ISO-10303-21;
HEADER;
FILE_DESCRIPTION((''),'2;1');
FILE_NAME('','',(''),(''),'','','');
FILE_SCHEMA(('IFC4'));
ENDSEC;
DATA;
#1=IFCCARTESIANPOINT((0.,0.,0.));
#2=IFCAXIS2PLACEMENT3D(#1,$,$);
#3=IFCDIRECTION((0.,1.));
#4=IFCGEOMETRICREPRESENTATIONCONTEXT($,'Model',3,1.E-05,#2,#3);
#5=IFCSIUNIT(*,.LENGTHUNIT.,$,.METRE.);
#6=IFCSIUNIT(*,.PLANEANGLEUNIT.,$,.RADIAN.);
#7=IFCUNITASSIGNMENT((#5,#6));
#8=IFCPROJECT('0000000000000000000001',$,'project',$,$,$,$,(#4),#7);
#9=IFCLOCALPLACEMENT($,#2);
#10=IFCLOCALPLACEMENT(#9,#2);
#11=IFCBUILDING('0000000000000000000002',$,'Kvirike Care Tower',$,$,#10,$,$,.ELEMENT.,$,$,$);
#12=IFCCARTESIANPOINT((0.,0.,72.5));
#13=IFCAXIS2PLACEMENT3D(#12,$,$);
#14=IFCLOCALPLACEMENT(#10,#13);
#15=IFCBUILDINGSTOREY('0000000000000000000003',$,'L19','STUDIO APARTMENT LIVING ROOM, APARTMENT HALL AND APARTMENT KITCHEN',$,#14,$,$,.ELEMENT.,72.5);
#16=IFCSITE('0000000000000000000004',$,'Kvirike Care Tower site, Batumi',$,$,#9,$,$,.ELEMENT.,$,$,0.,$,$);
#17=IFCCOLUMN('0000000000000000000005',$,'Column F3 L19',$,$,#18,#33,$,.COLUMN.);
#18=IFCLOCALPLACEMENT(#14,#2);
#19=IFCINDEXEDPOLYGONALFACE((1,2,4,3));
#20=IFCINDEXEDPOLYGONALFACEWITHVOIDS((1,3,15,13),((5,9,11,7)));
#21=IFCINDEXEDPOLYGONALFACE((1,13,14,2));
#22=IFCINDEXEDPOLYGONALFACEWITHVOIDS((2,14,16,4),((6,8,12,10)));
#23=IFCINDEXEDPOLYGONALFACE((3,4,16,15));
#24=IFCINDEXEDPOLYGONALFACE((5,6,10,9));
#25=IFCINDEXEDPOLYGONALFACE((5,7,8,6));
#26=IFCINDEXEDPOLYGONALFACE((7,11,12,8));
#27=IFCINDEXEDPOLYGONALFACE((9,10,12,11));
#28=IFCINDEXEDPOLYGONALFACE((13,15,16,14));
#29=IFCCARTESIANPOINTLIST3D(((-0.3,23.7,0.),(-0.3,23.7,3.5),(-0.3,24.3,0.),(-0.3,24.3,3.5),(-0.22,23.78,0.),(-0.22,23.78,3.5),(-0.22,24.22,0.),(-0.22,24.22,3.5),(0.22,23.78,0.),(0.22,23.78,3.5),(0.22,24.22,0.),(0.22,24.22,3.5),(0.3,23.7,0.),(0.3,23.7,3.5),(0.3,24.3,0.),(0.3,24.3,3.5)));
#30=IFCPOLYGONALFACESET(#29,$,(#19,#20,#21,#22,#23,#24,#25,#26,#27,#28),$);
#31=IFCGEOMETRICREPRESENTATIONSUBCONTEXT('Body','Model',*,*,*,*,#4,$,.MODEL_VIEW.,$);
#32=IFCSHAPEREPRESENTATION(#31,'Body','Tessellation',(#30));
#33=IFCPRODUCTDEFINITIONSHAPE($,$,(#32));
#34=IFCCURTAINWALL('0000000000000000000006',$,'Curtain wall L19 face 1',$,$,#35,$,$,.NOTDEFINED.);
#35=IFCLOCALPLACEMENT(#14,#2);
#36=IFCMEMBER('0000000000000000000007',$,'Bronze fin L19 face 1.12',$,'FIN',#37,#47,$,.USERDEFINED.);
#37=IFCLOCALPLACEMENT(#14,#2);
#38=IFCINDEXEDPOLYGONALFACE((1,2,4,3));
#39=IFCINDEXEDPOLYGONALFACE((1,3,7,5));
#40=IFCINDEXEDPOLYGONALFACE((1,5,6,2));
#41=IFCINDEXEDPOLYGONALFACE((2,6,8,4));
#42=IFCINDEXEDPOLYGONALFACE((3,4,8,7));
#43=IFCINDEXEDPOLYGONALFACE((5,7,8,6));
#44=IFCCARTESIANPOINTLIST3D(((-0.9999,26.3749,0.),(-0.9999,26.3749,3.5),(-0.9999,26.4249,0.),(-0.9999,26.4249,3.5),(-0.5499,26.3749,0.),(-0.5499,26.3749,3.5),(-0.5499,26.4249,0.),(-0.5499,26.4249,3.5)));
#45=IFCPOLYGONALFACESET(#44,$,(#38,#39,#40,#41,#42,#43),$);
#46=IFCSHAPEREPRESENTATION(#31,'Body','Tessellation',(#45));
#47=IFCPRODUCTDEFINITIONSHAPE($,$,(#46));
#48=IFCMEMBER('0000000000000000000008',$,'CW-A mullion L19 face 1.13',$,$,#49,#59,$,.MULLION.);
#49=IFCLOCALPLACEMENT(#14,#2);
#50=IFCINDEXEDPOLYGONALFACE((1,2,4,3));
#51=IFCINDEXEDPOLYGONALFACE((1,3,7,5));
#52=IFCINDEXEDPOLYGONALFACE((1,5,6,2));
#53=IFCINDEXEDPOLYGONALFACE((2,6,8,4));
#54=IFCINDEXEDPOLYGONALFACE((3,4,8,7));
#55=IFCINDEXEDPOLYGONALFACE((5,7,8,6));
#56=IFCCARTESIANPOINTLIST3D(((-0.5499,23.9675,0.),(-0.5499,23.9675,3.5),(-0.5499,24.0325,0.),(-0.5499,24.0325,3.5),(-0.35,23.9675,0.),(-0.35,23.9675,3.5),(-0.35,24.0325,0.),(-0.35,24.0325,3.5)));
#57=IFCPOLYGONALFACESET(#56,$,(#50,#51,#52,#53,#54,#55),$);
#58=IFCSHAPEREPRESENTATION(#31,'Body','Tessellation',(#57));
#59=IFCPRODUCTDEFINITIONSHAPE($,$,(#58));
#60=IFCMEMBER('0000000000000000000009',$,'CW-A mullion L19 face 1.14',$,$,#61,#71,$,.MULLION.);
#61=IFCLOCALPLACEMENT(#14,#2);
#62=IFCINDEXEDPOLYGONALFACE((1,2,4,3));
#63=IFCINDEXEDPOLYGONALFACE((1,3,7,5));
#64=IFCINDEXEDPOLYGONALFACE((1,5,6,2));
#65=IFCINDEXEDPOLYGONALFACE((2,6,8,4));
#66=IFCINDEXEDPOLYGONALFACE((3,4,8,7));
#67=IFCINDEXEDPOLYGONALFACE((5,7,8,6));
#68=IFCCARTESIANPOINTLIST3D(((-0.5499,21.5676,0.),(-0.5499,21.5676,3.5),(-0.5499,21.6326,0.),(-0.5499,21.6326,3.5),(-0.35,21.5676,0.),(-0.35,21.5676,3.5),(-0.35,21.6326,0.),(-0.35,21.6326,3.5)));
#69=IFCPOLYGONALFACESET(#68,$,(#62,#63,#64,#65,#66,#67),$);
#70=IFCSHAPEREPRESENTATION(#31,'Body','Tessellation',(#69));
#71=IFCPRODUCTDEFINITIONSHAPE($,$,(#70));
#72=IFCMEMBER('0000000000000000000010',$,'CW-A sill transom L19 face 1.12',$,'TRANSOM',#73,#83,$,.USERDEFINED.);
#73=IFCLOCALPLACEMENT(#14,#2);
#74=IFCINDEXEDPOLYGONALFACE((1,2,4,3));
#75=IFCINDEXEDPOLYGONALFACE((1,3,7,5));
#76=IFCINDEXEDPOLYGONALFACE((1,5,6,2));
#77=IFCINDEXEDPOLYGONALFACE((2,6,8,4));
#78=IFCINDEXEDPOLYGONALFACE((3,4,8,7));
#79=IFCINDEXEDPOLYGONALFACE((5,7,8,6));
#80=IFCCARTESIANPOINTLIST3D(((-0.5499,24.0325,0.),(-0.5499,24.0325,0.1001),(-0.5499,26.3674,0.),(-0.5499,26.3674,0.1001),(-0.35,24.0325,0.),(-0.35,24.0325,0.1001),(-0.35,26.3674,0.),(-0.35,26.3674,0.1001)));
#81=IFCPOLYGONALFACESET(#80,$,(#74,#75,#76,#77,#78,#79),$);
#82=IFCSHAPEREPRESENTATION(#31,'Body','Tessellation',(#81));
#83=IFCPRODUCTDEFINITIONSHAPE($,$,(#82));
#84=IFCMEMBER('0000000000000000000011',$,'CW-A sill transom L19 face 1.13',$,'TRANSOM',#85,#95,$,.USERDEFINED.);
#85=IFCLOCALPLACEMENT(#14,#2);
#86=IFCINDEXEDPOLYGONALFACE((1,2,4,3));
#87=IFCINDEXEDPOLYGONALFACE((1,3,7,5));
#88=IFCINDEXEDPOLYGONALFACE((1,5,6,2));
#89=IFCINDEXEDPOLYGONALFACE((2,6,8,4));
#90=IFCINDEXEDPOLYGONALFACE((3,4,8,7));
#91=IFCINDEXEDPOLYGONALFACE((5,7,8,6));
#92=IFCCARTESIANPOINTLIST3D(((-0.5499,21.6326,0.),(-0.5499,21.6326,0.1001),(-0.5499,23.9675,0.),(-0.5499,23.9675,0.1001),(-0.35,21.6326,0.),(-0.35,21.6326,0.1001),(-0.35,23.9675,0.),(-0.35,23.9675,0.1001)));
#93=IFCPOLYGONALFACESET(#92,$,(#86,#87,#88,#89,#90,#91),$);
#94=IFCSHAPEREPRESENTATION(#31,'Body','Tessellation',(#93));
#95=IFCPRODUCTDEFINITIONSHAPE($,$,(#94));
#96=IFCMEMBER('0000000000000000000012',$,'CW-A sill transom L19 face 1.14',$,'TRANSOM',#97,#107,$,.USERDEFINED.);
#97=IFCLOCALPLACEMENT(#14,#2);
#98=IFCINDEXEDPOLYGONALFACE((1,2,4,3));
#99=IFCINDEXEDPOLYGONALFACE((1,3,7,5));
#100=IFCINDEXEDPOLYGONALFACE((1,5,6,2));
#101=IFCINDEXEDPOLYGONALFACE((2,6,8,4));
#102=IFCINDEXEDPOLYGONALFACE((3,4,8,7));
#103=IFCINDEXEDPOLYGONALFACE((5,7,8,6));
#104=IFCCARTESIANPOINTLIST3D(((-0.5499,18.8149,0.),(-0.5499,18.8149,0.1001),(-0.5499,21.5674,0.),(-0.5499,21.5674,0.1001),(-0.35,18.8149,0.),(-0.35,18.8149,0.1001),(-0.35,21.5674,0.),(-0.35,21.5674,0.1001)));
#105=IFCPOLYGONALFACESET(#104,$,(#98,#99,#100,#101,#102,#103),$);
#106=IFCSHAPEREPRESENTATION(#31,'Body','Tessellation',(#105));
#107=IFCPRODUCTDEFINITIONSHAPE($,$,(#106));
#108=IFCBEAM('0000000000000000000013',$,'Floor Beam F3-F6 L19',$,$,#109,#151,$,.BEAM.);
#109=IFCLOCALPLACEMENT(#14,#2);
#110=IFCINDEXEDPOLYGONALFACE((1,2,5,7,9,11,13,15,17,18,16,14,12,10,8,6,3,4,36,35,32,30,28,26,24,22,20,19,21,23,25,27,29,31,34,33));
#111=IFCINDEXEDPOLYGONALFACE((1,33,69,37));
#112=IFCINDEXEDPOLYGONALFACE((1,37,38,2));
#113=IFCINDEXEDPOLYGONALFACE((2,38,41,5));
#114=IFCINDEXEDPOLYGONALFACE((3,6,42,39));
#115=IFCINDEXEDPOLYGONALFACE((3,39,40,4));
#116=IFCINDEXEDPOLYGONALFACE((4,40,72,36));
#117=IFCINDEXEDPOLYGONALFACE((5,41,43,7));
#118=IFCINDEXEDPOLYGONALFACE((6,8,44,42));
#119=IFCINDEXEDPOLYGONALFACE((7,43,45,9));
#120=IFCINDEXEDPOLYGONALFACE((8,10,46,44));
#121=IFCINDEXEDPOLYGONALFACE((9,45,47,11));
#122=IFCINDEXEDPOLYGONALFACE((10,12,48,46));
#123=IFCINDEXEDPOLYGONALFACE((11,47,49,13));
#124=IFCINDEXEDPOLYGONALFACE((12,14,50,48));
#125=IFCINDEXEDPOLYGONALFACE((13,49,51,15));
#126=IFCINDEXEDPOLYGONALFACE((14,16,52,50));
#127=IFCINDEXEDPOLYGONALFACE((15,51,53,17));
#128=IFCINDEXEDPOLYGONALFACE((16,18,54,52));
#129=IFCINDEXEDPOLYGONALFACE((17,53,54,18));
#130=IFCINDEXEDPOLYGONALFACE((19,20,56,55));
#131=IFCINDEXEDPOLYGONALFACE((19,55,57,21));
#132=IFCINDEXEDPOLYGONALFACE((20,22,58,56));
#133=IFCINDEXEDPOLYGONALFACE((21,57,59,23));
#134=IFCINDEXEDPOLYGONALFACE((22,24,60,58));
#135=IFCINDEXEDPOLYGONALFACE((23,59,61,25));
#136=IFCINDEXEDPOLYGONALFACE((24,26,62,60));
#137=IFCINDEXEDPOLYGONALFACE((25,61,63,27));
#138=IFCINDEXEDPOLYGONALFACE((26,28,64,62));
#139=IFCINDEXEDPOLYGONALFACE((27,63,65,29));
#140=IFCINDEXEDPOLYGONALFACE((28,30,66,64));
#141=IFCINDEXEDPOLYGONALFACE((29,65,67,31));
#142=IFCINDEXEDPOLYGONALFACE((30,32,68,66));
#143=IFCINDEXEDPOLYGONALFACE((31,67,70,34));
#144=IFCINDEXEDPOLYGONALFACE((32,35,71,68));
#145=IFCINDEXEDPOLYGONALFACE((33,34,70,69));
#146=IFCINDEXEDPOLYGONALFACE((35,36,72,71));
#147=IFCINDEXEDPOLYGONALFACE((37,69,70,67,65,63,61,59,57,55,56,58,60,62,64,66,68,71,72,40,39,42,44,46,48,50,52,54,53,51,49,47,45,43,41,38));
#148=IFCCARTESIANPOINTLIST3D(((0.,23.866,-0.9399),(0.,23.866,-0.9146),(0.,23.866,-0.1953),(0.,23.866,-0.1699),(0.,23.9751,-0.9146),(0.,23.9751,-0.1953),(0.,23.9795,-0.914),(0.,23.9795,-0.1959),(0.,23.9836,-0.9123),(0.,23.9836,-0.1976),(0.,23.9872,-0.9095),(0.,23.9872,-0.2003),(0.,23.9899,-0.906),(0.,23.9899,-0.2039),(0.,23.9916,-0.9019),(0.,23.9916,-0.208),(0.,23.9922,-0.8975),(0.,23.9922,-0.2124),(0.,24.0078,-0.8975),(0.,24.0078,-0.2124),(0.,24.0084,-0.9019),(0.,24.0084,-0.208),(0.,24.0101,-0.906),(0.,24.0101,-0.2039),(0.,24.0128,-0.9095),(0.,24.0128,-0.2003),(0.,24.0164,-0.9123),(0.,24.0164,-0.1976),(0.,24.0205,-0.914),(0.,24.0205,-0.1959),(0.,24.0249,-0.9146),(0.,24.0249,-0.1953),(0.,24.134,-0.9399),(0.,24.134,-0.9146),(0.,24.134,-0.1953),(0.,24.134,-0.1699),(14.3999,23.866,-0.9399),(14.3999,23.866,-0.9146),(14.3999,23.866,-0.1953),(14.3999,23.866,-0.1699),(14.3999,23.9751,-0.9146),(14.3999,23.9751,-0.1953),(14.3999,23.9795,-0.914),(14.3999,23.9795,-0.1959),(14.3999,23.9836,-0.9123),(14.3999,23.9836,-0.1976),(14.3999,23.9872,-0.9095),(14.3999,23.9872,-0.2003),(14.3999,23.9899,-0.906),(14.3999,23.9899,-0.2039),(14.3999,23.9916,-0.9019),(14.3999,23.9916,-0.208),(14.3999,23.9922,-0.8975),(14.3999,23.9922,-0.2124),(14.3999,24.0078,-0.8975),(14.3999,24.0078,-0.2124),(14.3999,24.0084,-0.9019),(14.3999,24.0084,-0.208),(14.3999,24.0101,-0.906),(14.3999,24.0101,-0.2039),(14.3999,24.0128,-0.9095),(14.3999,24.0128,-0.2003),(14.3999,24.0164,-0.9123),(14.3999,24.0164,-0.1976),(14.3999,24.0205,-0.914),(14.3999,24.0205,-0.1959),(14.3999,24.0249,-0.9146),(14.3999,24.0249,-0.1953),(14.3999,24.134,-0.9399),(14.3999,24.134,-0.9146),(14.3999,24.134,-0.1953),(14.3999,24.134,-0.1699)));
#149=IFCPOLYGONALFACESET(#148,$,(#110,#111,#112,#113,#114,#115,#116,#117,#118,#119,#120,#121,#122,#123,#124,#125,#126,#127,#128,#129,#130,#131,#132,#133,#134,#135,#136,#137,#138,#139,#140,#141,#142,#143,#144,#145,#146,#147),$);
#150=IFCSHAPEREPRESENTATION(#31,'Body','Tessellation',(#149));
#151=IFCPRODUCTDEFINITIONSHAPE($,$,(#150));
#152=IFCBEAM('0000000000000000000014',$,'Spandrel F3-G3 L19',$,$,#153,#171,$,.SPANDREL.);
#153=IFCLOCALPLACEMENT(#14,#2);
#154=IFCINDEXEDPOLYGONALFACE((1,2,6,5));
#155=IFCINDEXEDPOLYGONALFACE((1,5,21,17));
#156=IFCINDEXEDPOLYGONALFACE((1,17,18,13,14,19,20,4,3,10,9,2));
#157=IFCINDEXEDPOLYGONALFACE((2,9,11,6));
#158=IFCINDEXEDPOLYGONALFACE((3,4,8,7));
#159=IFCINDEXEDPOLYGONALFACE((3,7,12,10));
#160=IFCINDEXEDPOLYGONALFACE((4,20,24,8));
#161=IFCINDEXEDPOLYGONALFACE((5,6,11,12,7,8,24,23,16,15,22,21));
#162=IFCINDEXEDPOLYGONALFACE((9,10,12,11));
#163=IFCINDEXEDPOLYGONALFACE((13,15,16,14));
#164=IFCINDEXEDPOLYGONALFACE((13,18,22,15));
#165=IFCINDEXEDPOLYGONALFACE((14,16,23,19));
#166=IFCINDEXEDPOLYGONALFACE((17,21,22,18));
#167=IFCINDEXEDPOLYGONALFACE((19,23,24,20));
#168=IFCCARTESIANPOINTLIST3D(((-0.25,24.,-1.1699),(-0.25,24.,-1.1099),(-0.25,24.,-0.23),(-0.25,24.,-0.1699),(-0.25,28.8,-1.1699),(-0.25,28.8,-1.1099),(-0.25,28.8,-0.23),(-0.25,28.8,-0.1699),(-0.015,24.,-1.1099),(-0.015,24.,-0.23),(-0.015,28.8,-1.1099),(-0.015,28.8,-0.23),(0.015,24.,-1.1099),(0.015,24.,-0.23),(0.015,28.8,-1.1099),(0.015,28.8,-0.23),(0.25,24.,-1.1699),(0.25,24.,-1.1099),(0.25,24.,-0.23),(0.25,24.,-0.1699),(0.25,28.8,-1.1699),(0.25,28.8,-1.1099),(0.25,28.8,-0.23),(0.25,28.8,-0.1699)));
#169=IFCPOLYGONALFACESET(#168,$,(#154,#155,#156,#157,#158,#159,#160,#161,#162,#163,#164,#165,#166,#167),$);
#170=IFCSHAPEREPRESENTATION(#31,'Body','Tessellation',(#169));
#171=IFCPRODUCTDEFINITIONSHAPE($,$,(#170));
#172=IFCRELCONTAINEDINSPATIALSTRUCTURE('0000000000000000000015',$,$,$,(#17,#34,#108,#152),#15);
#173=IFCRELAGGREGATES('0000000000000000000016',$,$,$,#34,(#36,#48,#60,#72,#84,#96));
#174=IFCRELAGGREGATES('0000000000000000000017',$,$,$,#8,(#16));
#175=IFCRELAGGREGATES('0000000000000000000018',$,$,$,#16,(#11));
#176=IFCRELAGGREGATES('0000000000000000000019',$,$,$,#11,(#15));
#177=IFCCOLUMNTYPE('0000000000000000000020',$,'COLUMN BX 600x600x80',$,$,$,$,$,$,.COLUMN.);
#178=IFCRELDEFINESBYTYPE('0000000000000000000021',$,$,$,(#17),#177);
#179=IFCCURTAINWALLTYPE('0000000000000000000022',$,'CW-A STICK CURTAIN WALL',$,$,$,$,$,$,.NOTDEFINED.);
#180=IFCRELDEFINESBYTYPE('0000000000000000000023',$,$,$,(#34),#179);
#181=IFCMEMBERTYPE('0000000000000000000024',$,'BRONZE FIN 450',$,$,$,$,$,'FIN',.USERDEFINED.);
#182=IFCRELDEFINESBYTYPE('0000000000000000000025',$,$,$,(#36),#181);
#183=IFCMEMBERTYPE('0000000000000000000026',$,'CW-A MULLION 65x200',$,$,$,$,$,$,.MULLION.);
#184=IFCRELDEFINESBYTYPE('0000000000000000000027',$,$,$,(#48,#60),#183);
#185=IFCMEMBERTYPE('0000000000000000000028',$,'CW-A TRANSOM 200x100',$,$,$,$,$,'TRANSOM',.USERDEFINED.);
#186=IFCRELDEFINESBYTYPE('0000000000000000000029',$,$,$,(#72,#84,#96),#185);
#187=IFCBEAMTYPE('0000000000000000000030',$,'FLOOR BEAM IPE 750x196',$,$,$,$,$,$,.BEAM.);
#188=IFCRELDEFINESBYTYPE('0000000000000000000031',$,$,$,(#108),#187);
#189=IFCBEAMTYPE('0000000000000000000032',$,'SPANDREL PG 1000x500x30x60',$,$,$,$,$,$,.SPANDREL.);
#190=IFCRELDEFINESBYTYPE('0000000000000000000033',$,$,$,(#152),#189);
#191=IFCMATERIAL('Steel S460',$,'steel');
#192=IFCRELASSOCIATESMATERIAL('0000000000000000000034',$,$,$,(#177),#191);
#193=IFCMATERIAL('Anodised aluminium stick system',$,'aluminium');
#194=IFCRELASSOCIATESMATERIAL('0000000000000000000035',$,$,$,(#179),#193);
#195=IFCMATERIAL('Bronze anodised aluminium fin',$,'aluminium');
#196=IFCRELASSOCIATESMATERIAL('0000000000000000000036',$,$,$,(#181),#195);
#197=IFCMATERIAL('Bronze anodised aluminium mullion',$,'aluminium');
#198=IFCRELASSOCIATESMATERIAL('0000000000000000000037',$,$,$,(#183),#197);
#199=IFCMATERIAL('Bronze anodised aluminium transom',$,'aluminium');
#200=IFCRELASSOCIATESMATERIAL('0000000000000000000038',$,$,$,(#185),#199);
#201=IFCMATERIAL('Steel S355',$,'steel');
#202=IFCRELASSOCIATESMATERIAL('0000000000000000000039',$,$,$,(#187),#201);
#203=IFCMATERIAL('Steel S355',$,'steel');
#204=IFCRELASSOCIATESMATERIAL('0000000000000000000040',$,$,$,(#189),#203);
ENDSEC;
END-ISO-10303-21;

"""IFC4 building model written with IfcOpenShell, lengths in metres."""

from ifc_helpers import new_model, si_unit, direction, frame, origin, origin_2d, place, context, subcontext, project, spatial, rectangle, hollow_rectangle, i_section, extrude, material, material_profile, profile_set, type_object, element, aggregate, save


model = new_model("IFC4")

# Units and contexts
model_context = context("Model", 3, precision=1e-05, world=origin(), true_north=direction((0.0, 1.0)))
body_context = subcontext(model_context, "Body", "Model", "MODEL_VIEW")
ifc_project = project(units=[si_unit("LENGTHUNIT", "METRE"), si_unit("PLANEANGLEUNIT", "RADIAN")], contexts=[model_context])

# Site, building, storey
site_placement = place(None, origin())
site = spatial("IfcSite", under=ifc_project, at=site_placement, Name="Kvirike Care Tower site, Batumi", CompositionType="ELEMENT", RefElevation=0.0)
building_placement = place(site_placement, origin())
building = spatial("IfcBuilding", under=site, at=building_placement, Name="Kvirike Care Tower", CompositionType="ELEMENT")
storey_placement = place(building_placement, frame((0.0, 0.0, 72.5)))
storey = spatial("IfcBuildingStorey", under=building, at=storey_placement, Name="L19", Description="STUDIO APARTMENT LIVING ROOM, APARTMENT HALL AND APARTMENT KITCHEN", CompositionType="ELEMENT", Elevation=72.5)

# Column
ifc_material_1 = material(Name="Steel S460", Category="steel")
ifc_material_profile_1 = material_profile(ifc_material_1, hollow_rectangle(XDim=0.6001, YDim=0.6001, WallThickness=0.0801, at=origin_2d()), Name="BX 600x600x80")
ifc_profile_set_1 = profile_set([ifc_material_profile_1], Name="Steel S460")
column_type = type_object("IfcColumnType", Name="COLUMN BX 600x600x80", PredefinedType="COLUMN", material=ifc_profile_set_1)
column_placement = place(storey_placement, frame((0.0, 24.0, 0.0), z_axis=(0.0, 0.0, 1.0), x_axis=(1.0, 0.0, 0.0)))
element("IfcColumn", 1, at=column_placement, inside=storey, type_object=column_type, Name="Column F3 L19", PredefinedType="COLUMN", context=body_context, shape_type="SweptSolid", body=[
    extrude(hollow_rectangle(XDim=0.6001, YDim=0.6001, WallThickness=0.0801, at=origin_2d()), origin(), (0.0, 0.0, 1.0), 3.5),
])

# Curtain wall, members
ifc_material_2 = material(Name="Anodised aluminium stick system", Category="aluminium")
curtain_wall_type = type_object("IfcCurtainWallType", Name="CW-A STICK CURTAIN WALL", PredefinedType="NOTDEFINED", material=ifc_material_2)
curtain_wall_placement = place(storey_placement, origin())
curtain_wall = element("IfcCurtainWall", 2, at=curtain_wall_placement, inside=storey, type_object=curtain_wall_type, Name="Curtain wall L19 face 1", PredefinedType="NOTDEFINED")
ifc_material_3 = material(Name="Bronze anodised aluminium fin", Category="aluminium")
ifc_material_profile_2 = material_profile(ifc_material_3, rectangle(XDim=0.05, YDim=0.45, at=origin_2d()), Name="BRONZE FIN 450")
ifc_profile_set_2 = profile_set([ifc_material_profile_2], Name="Bronze anodised aluminium fin")
member_type_1 = type_object("IfcMemberType", Name="BRONZE FIN 450", ElementType="FIN", PredefinedType="USERDEFINED", material=ifc_profile_set_2)
member_1_placement = place(storey_placement, frame((-0.7749, 26.3999, 0.0), z_axis=(0.0, 0.0, 1.0), x_axis=(0.0, -1.0, 0.0)))
member_1 = element("IfcMember", 3, at=member_1_placement, type_object=member_type_1, Name="Bronze fin L19 face 1.12", ObjectType="FIN", PredefinedType="USERDEFINED", context=body_context, shape_type="SweptSolid", body=[
    extrude(rectangle(XDim=0.05, YDim=0.45, at=origin_2d()), origin(), (0.0, 0.0, 1.0), 3.5),
])
ifc_material_4 = material(Name="Bronze anodised aluminium mullion", Category="aluminium")
ifc_material_profile_3 = material_profile(ifc_material_4, rectangle(XDim=0.0649, YDim=0.2, at=origin_2d()), Name="CW-A MULLION 65x200")
ifc_profile_set_3 = profile_set([ifc_material_profile_3], Name="Bronze anodised aluminium mullion")
member_type_2 = type_object("IfcMemberType", Name="CW-A MULLION 65x200", PredefinedType="MULLION", material=ifc_profile_set_3)
member_2_placement = place(storey_placement, frame((-0.45, 24.0, 0.0), z_axis=(0.0, 0.0, 1.0), x_axis=(0.0, -1.0, 0.0)))
member_2 = element("IfcMember", 4, at=member_2_placement, type_object=member_type_2, Name="CW-A mullion L19 face 1.13", PredefinedType="MULLION", context=body_context, shape_type="SweptSolid", body=[
    extrude(rectangle(XDim=0.0649, YDim=0.2, at=origin_2d()), origin(), (0.0, 0.0, 1.0), 3.5),
])
member_3_placement = place(storey_placement, frame((-0.45, 21.6001, 0.0), z_axis=(0.0, 0.0, 1.0), x_axis=(0.0, -1.0, 0.0)))
member_3 = element("IfcMember", 5, at=member_3_placement, type_object=member_type_2, Name="CW-A mullion L19 face 1.14", PredefinedType="MULLION", context=body_context, shape_type="SweptSolid", body=[
    extrude(rectangle(XDim=0.0649, YDim=0.2, at=origin_2d()), origin(), (0.0, 0.0, 1.0), 3.5),
])
ifc_material_5 = material(Name="Bronze anodised aluminium transom", Category="aluminium")
ifc_material_profile_4 = material_profile(ifc_material_5, rectangle(XDim=0.2, YDim=0.1001, at=origin_2d()), Name="CW-A TRANSOM 200x100")
ifc_profile_set_4 = profile_set([ifc_material_profile_4], Name="Bronze anodised aluminium transom")
member_type_3 = type_object("IfcMemberType", Name="CW-A TRANSOM 200x100", ElementType="TRANSOM", PredefinedType="USERDEFINED", material=ifc_profile_set_4)
member_4_placement = place(storey_placement, frame((-0.45, 26.3674, 0.05), z_axis=(0.0, -1.0, 0.0), x_axis=(1.0, 0.0, 0.0)))
member_4 = element("IfcMember", 6, at=member_4_placement, type_object=member_type_3, Name="CW-A sill transom L19 face 1.12", ObjectType="TRANSOM", PredefinedType="USERDEFINED", context=body_context, shape_type="SweptSolid", body=[
    extrude(rectangle(XDim=0.2, YDim=0.1001, at=origin_2d()), origin(), (0.0, 0.0, 1.0), 2.335),
])
member_5_placement = place(storey_placement, frame((-0.45, 23.9675, 0.05), z_axis=(0.0, -1.0, 0.0), x_axis=(1.0, 0.0, 0.0)))
member_5 = element("IfcMember", 7, at=member_5_placement, type_object=member_type_3, Name="CW-A sill transom L19 face 1.13", ObjectType="TRANSOM", PredefinedType="USERDEFINED", context=body_context, shape_type="SweptSolid", body=[
    extrude(rectangle(XDim=0.2, YDim=0.1001, at=origin_2d()), origin(), (0.0, 0.0, 1.0), 2.335),
])
member_6_placement = place(storey_placement, frame((-0.45, 21.5674, 0.05), z_axis=(0.0, -1.0, 0.0), x_axis=(1.0, 0.0, 0.0)))
member_6 = element("IfcMember", 8, at=member_6_placement, type_object=member_type_3, Name="CW-A sill transom L19 face 1.14", ObjectType="TRANSOM", PredefinedType="USERDEFINED", context=body_context, shape_type="SweptSolid", body=[
    extrude(rectangle(XDim=0.2, YDim=0.1001, at=origin_2d()), origin(), (0.0, 0.0, 1.0), 2.7524),
])

# Beams
ifc_material_6 = material(Name="Steel S355", Category="steel")
ifc_material_profile_5 = material_profile(ifc_material_6, i_section(OverallWidth=0.2681, OverallDepth=0.77, WebThickness=0.0156, FlangeThickness=0.0254, FilletRadius=0.0171, at=origin_2d()), Name="IPE 750x196")
ifc_profile_set_5 = profile_set([ifc_material_profile_5], Name="Steel S355")
beam_type_1 = type_object("IfcBeamType", Name="FLOOR BEAM IPE 750x196", PredefinedType="BEAM", material=ifc_profile_set_5)
beam_1_placement = place(storey_placement, frame((0.0, 24.0, -0.5549), z_axis=(1.0, 0.0, 0.0), x_axis=(0.0, 1.0, 0.0)))
element("IfcBeam", 9, at=beam_1_placement, inside=storey, type_object=beam_type_1, Name="Floor Beam F3-F6 L19", PredefinedType="BEAM", context=body_context, shape_type="SweptSolid", body=[
    extrude(i_section(OverallWidth=0.2681, OverallDepth=0.77, WebThickness=0.0156, FlangeThickness=0.0254, FilletRadius=0.0171, at=origin_2d()), origin(), (0.0, 0.0, 1.0), 14.3999),
])
ifc_material_7 = material(Name="Steel S355", Category="steel")
ifc_material_profile_6 = material_profile(ifc_material_7, i_section(OverallWidth=0.5, OverallDepth=1.0, WebThickness=0.03, FlangeThickness=0.0601, at=origin_2d()), Name="PG 1000x500x30x60")
ifc_profile_set_6 = profile_set([ifc_material_profile_6], Name="Steel S355")
beam_type_2 = type_object("IfcBeamType", Name="SPANDREL PG 1000x500x30x60", PredefinedType="SPANDREL", material=ifc_profile_set_6)
beam_2_placement = place(storey_placement, frame((0.0, 24.0, -0.6699), z_axis=(0.0, 1.0, 0.0), x_axis=(-1.0, 0.0, 0.0)))
element("IfcBeam", 10, at=beam_2_placement, inside=storey, type_object=beam_type_2, Name="Spandrel F3-G3 L19", PredefinedType="SPANDREL", context=body_context, shape_type="SweptSolid", body=[
    extrude(i_section(OverallWidth=0.5, OverallDepth=1.0, WebThickness=0.03, FlangeThickness=0.0601, at=origin_2d()), origin(), (0.0, 0.0, 1.0), 4.8),
])

aggregate(curtain_wall, [member_1, member_2, member_3, member_4, member_5, member_6])

save(model, "model.ifc")
